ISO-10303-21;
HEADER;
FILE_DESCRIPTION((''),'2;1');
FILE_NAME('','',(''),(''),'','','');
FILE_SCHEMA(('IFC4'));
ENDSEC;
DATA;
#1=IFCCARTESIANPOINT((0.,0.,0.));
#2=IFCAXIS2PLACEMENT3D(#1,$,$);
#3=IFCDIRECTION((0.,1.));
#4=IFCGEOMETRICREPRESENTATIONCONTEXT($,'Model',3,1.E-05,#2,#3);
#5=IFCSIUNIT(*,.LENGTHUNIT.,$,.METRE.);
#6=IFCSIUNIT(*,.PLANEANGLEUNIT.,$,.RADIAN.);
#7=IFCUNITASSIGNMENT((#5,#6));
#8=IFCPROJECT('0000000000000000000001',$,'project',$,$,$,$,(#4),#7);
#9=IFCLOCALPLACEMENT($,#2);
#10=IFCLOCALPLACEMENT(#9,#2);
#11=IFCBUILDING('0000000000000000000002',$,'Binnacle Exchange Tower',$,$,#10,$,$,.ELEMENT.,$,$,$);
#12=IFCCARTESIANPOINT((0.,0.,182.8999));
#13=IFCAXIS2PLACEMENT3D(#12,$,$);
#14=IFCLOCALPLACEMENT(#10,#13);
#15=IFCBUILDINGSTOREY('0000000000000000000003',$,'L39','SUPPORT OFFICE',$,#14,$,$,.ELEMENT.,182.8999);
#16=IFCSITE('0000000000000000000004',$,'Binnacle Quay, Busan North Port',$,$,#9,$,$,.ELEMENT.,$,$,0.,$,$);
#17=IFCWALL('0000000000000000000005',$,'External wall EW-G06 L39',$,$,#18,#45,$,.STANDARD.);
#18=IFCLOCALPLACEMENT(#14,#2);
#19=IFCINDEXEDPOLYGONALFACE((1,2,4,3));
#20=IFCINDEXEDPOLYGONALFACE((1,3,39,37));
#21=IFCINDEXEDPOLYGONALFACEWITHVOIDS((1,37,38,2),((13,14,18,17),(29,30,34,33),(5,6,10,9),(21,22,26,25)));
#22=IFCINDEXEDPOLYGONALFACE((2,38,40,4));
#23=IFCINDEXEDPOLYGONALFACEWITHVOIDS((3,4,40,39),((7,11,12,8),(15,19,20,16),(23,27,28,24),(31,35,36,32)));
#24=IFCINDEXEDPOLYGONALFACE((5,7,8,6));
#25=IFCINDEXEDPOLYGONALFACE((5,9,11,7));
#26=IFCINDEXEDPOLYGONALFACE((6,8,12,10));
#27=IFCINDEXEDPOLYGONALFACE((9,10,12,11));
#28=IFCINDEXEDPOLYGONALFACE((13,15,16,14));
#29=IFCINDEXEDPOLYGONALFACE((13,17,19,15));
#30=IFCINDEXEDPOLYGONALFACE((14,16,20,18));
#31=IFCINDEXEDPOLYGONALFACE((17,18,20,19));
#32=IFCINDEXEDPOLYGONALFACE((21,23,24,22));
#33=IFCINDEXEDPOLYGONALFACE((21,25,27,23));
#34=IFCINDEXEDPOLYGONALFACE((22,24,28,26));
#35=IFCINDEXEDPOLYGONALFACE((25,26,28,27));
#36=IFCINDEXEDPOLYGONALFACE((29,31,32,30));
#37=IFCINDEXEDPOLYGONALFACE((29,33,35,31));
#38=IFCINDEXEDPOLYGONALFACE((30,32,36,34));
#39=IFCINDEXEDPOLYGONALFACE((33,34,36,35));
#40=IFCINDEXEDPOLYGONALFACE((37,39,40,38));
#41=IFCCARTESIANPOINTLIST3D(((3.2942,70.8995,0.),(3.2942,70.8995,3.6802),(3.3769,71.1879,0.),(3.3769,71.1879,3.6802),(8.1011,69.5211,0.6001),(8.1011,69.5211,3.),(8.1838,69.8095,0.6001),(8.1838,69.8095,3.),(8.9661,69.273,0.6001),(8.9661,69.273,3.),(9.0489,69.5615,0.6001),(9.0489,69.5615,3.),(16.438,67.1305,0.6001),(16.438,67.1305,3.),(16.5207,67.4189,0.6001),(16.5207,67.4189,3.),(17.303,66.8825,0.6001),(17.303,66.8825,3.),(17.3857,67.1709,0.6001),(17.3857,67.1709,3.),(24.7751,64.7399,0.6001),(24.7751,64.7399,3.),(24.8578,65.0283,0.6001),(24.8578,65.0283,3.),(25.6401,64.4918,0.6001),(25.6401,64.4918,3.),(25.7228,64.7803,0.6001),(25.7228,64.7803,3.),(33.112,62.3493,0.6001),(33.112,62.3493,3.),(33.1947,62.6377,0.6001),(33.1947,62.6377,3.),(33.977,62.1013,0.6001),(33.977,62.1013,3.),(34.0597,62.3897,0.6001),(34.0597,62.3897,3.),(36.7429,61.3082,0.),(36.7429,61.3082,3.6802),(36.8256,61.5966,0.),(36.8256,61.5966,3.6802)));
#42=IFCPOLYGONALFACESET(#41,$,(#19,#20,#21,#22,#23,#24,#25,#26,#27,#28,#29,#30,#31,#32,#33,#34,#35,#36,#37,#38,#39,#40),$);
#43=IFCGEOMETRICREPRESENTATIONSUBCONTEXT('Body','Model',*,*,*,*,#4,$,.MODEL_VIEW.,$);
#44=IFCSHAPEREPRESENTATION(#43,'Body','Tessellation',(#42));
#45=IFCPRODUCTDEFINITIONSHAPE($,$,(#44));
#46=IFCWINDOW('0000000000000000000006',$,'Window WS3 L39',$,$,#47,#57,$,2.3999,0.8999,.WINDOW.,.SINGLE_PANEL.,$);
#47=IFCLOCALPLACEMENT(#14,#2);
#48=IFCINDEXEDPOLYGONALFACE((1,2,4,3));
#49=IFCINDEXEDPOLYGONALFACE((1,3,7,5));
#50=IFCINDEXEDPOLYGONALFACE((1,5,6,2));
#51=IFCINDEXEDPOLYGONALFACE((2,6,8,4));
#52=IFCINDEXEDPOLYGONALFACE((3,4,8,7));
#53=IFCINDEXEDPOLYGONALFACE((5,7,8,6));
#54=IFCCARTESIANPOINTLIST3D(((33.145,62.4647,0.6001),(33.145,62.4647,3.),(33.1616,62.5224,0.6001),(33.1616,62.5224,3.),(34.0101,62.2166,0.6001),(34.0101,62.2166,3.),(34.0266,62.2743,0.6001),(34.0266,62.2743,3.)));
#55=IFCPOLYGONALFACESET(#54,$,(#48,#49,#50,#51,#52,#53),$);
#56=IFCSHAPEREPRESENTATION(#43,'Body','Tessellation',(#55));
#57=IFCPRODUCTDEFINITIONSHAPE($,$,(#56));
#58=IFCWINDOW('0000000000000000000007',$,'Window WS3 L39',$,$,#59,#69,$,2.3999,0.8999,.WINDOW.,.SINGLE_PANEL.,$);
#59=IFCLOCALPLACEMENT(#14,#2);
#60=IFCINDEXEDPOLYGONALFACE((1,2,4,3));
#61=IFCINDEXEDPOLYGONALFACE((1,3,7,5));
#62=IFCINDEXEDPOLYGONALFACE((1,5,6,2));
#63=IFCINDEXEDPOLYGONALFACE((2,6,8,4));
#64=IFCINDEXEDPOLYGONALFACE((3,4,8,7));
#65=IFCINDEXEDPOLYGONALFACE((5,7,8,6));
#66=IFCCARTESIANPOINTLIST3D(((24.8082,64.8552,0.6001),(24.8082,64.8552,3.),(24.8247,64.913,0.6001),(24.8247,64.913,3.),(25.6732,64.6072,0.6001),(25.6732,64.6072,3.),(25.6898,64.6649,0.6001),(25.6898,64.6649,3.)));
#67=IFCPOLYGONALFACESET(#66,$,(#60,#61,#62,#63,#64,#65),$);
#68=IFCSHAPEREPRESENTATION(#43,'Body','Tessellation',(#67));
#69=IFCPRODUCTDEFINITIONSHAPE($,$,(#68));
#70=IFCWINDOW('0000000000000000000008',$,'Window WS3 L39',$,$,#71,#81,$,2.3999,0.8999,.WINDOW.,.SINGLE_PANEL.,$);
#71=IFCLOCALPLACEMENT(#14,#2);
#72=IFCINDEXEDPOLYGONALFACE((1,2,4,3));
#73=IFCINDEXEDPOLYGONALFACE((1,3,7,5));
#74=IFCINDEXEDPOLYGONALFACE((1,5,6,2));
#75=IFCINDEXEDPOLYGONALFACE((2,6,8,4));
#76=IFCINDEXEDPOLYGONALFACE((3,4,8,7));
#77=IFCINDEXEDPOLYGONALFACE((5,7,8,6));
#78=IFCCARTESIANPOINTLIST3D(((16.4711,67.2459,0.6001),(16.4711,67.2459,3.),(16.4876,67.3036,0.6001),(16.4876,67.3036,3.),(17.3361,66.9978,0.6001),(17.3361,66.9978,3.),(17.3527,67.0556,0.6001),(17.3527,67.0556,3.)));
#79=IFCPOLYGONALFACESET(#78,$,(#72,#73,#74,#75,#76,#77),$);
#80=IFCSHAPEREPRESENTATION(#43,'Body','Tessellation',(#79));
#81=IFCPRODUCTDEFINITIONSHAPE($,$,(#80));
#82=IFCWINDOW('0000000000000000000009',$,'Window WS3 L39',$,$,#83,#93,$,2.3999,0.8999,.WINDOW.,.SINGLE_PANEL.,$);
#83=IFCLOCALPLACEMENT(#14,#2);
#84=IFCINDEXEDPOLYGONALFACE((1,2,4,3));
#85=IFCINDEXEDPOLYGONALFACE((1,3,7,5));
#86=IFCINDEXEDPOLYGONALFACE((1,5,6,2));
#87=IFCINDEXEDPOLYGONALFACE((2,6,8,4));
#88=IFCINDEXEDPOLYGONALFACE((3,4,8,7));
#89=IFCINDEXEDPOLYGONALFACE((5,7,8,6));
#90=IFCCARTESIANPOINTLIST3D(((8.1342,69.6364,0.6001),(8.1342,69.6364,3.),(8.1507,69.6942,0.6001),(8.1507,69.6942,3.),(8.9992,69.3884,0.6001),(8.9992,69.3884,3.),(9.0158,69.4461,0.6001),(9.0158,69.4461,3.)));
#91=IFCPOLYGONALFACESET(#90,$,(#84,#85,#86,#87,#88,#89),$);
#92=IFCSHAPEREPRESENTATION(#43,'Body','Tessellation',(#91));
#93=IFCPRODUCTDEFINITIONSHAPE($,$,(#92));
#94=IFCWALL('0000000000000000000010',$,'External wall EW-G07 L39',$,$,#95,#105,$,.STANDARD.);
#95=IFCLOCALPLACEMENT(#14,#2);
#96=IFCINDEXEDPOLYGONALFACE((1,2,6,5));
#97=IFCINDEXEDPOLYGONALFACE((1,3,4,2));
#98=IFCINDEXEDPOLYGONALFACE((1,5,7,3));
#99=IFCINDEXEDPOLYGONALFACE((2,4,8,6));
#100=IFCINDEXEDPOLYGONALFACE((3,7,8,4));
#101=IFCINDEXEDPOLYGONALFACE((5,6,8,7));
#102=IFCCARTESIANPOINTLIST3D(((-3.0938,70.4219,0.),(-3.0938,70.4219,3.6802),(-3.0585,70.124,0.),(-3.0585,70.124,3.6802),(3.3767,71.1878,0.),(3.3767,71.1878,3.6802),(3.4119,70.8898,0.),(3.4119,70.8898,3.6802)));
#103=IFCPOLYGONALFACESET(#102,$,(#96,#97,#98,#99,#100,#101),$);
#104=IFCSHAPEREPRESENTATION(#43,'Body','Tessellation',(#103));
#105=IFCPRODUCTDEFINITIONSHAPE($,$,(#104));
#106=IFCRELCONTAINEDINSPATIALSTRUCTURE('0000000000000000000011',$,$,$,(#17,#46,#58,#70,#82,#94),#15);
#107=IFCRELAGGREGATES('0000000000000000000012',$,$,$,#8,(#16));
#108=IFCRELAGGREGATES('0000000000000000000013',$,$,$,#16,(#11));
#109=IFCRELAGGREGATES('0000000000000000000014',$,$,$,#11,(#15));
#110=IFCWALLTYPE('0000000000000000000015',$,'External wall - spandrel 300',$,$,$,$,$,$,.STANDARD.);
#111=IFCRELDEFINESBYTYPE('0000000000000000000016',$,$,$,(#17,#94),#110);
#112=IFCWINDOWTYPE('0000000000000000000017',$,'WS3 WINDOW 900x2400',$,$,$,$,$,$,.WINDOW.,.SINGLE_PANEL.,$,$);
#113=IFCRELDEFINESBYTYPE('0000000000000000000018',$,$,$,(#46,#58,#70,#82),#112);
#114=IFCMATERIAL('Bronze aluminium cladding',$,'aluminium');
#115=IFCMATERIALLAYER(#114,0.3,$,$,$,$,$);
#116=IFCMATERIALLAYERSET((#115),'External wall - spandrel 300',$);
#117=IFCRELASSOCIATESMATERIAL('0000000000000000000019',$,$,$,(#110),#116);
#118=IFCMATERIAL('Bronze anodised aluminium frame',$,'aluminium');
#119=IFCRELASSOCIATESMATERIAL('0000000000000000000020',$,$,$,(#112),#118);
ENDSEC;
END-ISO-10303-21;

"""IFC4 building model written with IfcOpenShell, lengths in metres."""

from ifc_helpers import new_model, si_unit, direction, frame, frame_2d, origin, place, context, subcontext, project, spatial, rectangle, extrude, material, layer, layer_set, type_object, element, fill, save


model = new_model("IFC4")

# Units and contexts
model_context = context("Model", 3, precision=1e-05, world=origin(), true_north=direction((0.0, 1.0)))
body_context = subcontext(model_context, "Body", "Model", "MODEL_VIEW")
ifc_project = project(units=[si_unit("LENGTHUNIT", "METRE"), si_unit("PLANEANGLEUNIT", "RADIAN")], contexts=[model_context])

# Site, building, storey
site_placement = place(None, origin())
site = spatial("IfcSite", under=ifc_project, at=site_placement, Name="Binnacle Quay, Busan North Port", CompositionType="ELEMENT", RefElevation=0.0)
building_placement = place(site_placement, origin())
building = spatial("IfcBuilding", under=site, at=building_placement, Name="Binnacle Exchange Tower", CompositionType="ELEMENT")
storey_placement = place(building_placement, frame((0.0, 0.0, 182.8999)))
storey = spatial("IfcBuildingStorey", under=building, at=storey_placement, Name="L39", Description="SUPPORT OFFICE", CompositionType="ELEMENT", Elevation=182.8999)

# Wall, openings, windows
ifc_material_1 = material(Name="Bronze aluminium cladding", Category="aluminium")
ifc_layer = layer(ifc_material_1, 0.3)
ifc_layer_set = layer_set([ifc_layer], Name="External wall - spandrel 300")
wall_type = type_object("IfcWallType", Name="External wall - spandrel 300", PredefinedType="STANDARD", material=ifc_layer_set)
wall_1_placement = place(storey_placement, frame((3.3354, 71.0437, 0.0), z_axis=(0.0, 0.0, 1.0), x_axis=(0.961261, -0.275638, 0.0)))
wall_1 = element("IfcWall", 1, at=wall_1_placement, inside=storey, type_object=wall_type, Name="External wall EW-G06 L39", PredefinedType="STANDARD", context=body_context, shape_type="SweptSolid", body=[
    extrude(rectangle(XDim=34.7966, YDim=0.3, at=frame_2d((17.3984, 0.0))), origin(), (0.0, 0.0, 1.0), 3.6802),
])
opening_1_placement = place(wall_1_placement, frame((31.0195, 0.0, 0.6001)))
opening_1 = element("IfcOpeningElement", 2, at=opening_1_placement, cuts=wall_1, PredefinedType="OPENING", context=body_context, shape_type="SweptSolid", body=[
    extrude(rectangle(XDim=0.8999, YDim=2.3999, at=frame_2d((0.45, 1.2))), frame((0.0, 0.1599, 0.0), z_axis=(0.0, -1.0, 0.0), x_axis=(1.0, 0.0, 0.0)), (0.0, 0.0, 1.0), 0.3201),
])
opening_2_placement = place(wall_1_placement, frame((22.3467, 0.0, 0.6001)))
opening_2 = element("IfcOpeningElement", 3, at=opening_2_placement, cuts=wall_1, PredefinedType="OPENING", context=body_context, shape_type="SweptSolid", body=[
    extrude(rectangle(XDim=0.8999, YDim=2.3999, at=frame_2d((0.45, 1.2))), frame((0.0, 0.1599, 0.0), z_axis=(0.0, -1.0, 0.0), x_axis=(1.0, 0.0, 0.0)), (0.0, 0.0, 1.0), 0.3201),
])
opening_3_placement = place(wall_1_placement, frame((13.6736, 0.0, 0.6001)))
opening_3 = element("IfcOpeningElement", 4, at=opening_3_placement, cuts=wall_1, PredefinedType="OPENING", context=body_context, shape_type="SweptSolid", body=[
    extrude(rectangle(XDim=0.8999, YDim=2.3999, at=frame_2d((0.45, 1.2))), frame((0.0, 0.1599, 0.0), z_axis=(0.0, -1.0, 0.0), x_axis=(1.0, 0.0, 0.0)), (0.0, 0.0, 1.0), 0.3201),
])
opening_4_placement = place(wall_1_placement, frame((5.0007, 0.0, 0.6001)))
opening_4 = element("IfcOpeningElement", 5, at=opening_4_placement, cuts=wall_1, PredefinedType="OPENING", context=body_context, shape_type="SweptSolid", body=[
    extrude(rectangle(XDim=0.8999, YDim=2.3999, at=frame_2d((0.45, 1.2))), frame((0.0, 0.1599, 0.0), z_axis=(0.0, -1.0, 0.0), x_axis=(1.0, 0.0, 0.0)), (0.0, 0.0, 1.0), 0.3201),
])
ifc_material_2 = material(Name="Bronze anodised aluminium frame", Category="aluminium")
window_type = type_object("IfcWindowType", Name="WS3 WINDOW 900x2400", PartitioningType="SINGLE_PANEL", PredefinedType="WINDOW", material=ifc_material_2)
window_1_placement = place(opening_1_placement, origin())
window_1 = element("IfcWindow", 6, at=window_1_placement, inside=storey, type_object=window_type, Name="Window WS3 L39", OverallHeight=2.3999, OverallWidth=0.8999, PartitioningType="SINGLE_PANEL", PredefinedType="WINDOW", context=body_context, shape_type="SweptSolid", body=[
    extrude(rectangle(XDim=0.8999, YDim=2.3999, at=frame_2d((0.45, 1.2))), frame((0.0, 0.03, 0.0), z_axis=(0.0, -1.0, 0.0), x_axis=(1.0, 0.0, 0.0)), (0.0, 0.0, 1.0), 0.0601),
])
fill(opening_1, window_1)
window_2_placement = place(opening_2_placement, origin())
window_2 = element("IfcWindow", 7, at=window_2_placement, inside=storey, type_object=window_type, Name="Window WS3 L39", OverallHeight=2.3999, OverallWidth=0.8999, PartitioningType="SINGLE_PANEL", PredefinedType="WINDOW", context=body_context, shape_type="SweptSolid", body=[
    extrude(rectangle(XDim=0.8999, YDim=2.3999, at=frame_2d((0.45, 1.2))), frame((0.0, 0.03, 0.0), z_axis=(0.0, -1.0, 0.0), x_axis=(1.0, 0.0, 0.0)), (0.0, 0.0, 1.0), 0.0601),
])
fill(opening_2, window_2)
window_3_placement = place(opening_3_placement, origin())
window_3 = element("IfcWindow", 8, at=window_3_placement, inside=storey, type_object=window_type, Name="Window WS3 L39", OverallHeight=2.3999, OverallWidth=0.8999, PartitioningType="SINGLE_PANEL", PredefinedType="WINDOW", context=body_context, shape_type="SweptSolid", body=[
    extrude(rectangle(XDim=0.8999, YDim=2.3999, at=frame_2d((0.45, 1.2))), frame((0.0, 0.03, 0.0), z_axis=(0.0, -1.0, 0.0), x_axis=(1.0, 0.0, 0.0)), (0.0, 0.0, 1.0), 0.0601),
])
fill(opening_3, window_3)
window_4_placement = place(opening_4_placement, origin())
window_4 = element("IfcWindow", 9, at=window_4_placement, inside=storey, type_object=window_type, Name="Window WS3 L39", OverallHeight=2.3999, OverallWidth=0.8999, PartitioningType="SINGLE_PANEL", PredefinedType="WINDOW", context=body_context, shape_type="SweptSolid", body=[
    extrude(rectangle(XDim=0.8999, YDim=2.3999, at=frame_2d((0.45, 1.2))), frame((0.0, 0.03, 0.0), z_axis=(0.0, -1.0, 0.0), x_axis=(1.0, 0.0, 0.0)), (0.0, 0.0, 1.0), 0.0601),
])
fill(opening_4, window_4)

# Wall
wall_2_placement = place(storey_placement, frame((-3.0762, 70.2729, 0.0), z_axis=(0.0, 0.0, 1.0), x_axis=(0.993068, 0.117543, 0.0)))
element("IfcWall", 10, at=wall_2_placement, inside=storey, type_object=wall_type, Name="External wall EW-G07 L39", PredefinedType="STANDARD", context=body_context, shape_type="SweptSolid", body=[
    extrude(rectangle(XDim=6.5156, YDim=0.3, at=frame_2d((3.2578, 0.0))), origin(), (0.0, 0.0, 1.0), 3.6802),
])

save(model, "model.ifc")
